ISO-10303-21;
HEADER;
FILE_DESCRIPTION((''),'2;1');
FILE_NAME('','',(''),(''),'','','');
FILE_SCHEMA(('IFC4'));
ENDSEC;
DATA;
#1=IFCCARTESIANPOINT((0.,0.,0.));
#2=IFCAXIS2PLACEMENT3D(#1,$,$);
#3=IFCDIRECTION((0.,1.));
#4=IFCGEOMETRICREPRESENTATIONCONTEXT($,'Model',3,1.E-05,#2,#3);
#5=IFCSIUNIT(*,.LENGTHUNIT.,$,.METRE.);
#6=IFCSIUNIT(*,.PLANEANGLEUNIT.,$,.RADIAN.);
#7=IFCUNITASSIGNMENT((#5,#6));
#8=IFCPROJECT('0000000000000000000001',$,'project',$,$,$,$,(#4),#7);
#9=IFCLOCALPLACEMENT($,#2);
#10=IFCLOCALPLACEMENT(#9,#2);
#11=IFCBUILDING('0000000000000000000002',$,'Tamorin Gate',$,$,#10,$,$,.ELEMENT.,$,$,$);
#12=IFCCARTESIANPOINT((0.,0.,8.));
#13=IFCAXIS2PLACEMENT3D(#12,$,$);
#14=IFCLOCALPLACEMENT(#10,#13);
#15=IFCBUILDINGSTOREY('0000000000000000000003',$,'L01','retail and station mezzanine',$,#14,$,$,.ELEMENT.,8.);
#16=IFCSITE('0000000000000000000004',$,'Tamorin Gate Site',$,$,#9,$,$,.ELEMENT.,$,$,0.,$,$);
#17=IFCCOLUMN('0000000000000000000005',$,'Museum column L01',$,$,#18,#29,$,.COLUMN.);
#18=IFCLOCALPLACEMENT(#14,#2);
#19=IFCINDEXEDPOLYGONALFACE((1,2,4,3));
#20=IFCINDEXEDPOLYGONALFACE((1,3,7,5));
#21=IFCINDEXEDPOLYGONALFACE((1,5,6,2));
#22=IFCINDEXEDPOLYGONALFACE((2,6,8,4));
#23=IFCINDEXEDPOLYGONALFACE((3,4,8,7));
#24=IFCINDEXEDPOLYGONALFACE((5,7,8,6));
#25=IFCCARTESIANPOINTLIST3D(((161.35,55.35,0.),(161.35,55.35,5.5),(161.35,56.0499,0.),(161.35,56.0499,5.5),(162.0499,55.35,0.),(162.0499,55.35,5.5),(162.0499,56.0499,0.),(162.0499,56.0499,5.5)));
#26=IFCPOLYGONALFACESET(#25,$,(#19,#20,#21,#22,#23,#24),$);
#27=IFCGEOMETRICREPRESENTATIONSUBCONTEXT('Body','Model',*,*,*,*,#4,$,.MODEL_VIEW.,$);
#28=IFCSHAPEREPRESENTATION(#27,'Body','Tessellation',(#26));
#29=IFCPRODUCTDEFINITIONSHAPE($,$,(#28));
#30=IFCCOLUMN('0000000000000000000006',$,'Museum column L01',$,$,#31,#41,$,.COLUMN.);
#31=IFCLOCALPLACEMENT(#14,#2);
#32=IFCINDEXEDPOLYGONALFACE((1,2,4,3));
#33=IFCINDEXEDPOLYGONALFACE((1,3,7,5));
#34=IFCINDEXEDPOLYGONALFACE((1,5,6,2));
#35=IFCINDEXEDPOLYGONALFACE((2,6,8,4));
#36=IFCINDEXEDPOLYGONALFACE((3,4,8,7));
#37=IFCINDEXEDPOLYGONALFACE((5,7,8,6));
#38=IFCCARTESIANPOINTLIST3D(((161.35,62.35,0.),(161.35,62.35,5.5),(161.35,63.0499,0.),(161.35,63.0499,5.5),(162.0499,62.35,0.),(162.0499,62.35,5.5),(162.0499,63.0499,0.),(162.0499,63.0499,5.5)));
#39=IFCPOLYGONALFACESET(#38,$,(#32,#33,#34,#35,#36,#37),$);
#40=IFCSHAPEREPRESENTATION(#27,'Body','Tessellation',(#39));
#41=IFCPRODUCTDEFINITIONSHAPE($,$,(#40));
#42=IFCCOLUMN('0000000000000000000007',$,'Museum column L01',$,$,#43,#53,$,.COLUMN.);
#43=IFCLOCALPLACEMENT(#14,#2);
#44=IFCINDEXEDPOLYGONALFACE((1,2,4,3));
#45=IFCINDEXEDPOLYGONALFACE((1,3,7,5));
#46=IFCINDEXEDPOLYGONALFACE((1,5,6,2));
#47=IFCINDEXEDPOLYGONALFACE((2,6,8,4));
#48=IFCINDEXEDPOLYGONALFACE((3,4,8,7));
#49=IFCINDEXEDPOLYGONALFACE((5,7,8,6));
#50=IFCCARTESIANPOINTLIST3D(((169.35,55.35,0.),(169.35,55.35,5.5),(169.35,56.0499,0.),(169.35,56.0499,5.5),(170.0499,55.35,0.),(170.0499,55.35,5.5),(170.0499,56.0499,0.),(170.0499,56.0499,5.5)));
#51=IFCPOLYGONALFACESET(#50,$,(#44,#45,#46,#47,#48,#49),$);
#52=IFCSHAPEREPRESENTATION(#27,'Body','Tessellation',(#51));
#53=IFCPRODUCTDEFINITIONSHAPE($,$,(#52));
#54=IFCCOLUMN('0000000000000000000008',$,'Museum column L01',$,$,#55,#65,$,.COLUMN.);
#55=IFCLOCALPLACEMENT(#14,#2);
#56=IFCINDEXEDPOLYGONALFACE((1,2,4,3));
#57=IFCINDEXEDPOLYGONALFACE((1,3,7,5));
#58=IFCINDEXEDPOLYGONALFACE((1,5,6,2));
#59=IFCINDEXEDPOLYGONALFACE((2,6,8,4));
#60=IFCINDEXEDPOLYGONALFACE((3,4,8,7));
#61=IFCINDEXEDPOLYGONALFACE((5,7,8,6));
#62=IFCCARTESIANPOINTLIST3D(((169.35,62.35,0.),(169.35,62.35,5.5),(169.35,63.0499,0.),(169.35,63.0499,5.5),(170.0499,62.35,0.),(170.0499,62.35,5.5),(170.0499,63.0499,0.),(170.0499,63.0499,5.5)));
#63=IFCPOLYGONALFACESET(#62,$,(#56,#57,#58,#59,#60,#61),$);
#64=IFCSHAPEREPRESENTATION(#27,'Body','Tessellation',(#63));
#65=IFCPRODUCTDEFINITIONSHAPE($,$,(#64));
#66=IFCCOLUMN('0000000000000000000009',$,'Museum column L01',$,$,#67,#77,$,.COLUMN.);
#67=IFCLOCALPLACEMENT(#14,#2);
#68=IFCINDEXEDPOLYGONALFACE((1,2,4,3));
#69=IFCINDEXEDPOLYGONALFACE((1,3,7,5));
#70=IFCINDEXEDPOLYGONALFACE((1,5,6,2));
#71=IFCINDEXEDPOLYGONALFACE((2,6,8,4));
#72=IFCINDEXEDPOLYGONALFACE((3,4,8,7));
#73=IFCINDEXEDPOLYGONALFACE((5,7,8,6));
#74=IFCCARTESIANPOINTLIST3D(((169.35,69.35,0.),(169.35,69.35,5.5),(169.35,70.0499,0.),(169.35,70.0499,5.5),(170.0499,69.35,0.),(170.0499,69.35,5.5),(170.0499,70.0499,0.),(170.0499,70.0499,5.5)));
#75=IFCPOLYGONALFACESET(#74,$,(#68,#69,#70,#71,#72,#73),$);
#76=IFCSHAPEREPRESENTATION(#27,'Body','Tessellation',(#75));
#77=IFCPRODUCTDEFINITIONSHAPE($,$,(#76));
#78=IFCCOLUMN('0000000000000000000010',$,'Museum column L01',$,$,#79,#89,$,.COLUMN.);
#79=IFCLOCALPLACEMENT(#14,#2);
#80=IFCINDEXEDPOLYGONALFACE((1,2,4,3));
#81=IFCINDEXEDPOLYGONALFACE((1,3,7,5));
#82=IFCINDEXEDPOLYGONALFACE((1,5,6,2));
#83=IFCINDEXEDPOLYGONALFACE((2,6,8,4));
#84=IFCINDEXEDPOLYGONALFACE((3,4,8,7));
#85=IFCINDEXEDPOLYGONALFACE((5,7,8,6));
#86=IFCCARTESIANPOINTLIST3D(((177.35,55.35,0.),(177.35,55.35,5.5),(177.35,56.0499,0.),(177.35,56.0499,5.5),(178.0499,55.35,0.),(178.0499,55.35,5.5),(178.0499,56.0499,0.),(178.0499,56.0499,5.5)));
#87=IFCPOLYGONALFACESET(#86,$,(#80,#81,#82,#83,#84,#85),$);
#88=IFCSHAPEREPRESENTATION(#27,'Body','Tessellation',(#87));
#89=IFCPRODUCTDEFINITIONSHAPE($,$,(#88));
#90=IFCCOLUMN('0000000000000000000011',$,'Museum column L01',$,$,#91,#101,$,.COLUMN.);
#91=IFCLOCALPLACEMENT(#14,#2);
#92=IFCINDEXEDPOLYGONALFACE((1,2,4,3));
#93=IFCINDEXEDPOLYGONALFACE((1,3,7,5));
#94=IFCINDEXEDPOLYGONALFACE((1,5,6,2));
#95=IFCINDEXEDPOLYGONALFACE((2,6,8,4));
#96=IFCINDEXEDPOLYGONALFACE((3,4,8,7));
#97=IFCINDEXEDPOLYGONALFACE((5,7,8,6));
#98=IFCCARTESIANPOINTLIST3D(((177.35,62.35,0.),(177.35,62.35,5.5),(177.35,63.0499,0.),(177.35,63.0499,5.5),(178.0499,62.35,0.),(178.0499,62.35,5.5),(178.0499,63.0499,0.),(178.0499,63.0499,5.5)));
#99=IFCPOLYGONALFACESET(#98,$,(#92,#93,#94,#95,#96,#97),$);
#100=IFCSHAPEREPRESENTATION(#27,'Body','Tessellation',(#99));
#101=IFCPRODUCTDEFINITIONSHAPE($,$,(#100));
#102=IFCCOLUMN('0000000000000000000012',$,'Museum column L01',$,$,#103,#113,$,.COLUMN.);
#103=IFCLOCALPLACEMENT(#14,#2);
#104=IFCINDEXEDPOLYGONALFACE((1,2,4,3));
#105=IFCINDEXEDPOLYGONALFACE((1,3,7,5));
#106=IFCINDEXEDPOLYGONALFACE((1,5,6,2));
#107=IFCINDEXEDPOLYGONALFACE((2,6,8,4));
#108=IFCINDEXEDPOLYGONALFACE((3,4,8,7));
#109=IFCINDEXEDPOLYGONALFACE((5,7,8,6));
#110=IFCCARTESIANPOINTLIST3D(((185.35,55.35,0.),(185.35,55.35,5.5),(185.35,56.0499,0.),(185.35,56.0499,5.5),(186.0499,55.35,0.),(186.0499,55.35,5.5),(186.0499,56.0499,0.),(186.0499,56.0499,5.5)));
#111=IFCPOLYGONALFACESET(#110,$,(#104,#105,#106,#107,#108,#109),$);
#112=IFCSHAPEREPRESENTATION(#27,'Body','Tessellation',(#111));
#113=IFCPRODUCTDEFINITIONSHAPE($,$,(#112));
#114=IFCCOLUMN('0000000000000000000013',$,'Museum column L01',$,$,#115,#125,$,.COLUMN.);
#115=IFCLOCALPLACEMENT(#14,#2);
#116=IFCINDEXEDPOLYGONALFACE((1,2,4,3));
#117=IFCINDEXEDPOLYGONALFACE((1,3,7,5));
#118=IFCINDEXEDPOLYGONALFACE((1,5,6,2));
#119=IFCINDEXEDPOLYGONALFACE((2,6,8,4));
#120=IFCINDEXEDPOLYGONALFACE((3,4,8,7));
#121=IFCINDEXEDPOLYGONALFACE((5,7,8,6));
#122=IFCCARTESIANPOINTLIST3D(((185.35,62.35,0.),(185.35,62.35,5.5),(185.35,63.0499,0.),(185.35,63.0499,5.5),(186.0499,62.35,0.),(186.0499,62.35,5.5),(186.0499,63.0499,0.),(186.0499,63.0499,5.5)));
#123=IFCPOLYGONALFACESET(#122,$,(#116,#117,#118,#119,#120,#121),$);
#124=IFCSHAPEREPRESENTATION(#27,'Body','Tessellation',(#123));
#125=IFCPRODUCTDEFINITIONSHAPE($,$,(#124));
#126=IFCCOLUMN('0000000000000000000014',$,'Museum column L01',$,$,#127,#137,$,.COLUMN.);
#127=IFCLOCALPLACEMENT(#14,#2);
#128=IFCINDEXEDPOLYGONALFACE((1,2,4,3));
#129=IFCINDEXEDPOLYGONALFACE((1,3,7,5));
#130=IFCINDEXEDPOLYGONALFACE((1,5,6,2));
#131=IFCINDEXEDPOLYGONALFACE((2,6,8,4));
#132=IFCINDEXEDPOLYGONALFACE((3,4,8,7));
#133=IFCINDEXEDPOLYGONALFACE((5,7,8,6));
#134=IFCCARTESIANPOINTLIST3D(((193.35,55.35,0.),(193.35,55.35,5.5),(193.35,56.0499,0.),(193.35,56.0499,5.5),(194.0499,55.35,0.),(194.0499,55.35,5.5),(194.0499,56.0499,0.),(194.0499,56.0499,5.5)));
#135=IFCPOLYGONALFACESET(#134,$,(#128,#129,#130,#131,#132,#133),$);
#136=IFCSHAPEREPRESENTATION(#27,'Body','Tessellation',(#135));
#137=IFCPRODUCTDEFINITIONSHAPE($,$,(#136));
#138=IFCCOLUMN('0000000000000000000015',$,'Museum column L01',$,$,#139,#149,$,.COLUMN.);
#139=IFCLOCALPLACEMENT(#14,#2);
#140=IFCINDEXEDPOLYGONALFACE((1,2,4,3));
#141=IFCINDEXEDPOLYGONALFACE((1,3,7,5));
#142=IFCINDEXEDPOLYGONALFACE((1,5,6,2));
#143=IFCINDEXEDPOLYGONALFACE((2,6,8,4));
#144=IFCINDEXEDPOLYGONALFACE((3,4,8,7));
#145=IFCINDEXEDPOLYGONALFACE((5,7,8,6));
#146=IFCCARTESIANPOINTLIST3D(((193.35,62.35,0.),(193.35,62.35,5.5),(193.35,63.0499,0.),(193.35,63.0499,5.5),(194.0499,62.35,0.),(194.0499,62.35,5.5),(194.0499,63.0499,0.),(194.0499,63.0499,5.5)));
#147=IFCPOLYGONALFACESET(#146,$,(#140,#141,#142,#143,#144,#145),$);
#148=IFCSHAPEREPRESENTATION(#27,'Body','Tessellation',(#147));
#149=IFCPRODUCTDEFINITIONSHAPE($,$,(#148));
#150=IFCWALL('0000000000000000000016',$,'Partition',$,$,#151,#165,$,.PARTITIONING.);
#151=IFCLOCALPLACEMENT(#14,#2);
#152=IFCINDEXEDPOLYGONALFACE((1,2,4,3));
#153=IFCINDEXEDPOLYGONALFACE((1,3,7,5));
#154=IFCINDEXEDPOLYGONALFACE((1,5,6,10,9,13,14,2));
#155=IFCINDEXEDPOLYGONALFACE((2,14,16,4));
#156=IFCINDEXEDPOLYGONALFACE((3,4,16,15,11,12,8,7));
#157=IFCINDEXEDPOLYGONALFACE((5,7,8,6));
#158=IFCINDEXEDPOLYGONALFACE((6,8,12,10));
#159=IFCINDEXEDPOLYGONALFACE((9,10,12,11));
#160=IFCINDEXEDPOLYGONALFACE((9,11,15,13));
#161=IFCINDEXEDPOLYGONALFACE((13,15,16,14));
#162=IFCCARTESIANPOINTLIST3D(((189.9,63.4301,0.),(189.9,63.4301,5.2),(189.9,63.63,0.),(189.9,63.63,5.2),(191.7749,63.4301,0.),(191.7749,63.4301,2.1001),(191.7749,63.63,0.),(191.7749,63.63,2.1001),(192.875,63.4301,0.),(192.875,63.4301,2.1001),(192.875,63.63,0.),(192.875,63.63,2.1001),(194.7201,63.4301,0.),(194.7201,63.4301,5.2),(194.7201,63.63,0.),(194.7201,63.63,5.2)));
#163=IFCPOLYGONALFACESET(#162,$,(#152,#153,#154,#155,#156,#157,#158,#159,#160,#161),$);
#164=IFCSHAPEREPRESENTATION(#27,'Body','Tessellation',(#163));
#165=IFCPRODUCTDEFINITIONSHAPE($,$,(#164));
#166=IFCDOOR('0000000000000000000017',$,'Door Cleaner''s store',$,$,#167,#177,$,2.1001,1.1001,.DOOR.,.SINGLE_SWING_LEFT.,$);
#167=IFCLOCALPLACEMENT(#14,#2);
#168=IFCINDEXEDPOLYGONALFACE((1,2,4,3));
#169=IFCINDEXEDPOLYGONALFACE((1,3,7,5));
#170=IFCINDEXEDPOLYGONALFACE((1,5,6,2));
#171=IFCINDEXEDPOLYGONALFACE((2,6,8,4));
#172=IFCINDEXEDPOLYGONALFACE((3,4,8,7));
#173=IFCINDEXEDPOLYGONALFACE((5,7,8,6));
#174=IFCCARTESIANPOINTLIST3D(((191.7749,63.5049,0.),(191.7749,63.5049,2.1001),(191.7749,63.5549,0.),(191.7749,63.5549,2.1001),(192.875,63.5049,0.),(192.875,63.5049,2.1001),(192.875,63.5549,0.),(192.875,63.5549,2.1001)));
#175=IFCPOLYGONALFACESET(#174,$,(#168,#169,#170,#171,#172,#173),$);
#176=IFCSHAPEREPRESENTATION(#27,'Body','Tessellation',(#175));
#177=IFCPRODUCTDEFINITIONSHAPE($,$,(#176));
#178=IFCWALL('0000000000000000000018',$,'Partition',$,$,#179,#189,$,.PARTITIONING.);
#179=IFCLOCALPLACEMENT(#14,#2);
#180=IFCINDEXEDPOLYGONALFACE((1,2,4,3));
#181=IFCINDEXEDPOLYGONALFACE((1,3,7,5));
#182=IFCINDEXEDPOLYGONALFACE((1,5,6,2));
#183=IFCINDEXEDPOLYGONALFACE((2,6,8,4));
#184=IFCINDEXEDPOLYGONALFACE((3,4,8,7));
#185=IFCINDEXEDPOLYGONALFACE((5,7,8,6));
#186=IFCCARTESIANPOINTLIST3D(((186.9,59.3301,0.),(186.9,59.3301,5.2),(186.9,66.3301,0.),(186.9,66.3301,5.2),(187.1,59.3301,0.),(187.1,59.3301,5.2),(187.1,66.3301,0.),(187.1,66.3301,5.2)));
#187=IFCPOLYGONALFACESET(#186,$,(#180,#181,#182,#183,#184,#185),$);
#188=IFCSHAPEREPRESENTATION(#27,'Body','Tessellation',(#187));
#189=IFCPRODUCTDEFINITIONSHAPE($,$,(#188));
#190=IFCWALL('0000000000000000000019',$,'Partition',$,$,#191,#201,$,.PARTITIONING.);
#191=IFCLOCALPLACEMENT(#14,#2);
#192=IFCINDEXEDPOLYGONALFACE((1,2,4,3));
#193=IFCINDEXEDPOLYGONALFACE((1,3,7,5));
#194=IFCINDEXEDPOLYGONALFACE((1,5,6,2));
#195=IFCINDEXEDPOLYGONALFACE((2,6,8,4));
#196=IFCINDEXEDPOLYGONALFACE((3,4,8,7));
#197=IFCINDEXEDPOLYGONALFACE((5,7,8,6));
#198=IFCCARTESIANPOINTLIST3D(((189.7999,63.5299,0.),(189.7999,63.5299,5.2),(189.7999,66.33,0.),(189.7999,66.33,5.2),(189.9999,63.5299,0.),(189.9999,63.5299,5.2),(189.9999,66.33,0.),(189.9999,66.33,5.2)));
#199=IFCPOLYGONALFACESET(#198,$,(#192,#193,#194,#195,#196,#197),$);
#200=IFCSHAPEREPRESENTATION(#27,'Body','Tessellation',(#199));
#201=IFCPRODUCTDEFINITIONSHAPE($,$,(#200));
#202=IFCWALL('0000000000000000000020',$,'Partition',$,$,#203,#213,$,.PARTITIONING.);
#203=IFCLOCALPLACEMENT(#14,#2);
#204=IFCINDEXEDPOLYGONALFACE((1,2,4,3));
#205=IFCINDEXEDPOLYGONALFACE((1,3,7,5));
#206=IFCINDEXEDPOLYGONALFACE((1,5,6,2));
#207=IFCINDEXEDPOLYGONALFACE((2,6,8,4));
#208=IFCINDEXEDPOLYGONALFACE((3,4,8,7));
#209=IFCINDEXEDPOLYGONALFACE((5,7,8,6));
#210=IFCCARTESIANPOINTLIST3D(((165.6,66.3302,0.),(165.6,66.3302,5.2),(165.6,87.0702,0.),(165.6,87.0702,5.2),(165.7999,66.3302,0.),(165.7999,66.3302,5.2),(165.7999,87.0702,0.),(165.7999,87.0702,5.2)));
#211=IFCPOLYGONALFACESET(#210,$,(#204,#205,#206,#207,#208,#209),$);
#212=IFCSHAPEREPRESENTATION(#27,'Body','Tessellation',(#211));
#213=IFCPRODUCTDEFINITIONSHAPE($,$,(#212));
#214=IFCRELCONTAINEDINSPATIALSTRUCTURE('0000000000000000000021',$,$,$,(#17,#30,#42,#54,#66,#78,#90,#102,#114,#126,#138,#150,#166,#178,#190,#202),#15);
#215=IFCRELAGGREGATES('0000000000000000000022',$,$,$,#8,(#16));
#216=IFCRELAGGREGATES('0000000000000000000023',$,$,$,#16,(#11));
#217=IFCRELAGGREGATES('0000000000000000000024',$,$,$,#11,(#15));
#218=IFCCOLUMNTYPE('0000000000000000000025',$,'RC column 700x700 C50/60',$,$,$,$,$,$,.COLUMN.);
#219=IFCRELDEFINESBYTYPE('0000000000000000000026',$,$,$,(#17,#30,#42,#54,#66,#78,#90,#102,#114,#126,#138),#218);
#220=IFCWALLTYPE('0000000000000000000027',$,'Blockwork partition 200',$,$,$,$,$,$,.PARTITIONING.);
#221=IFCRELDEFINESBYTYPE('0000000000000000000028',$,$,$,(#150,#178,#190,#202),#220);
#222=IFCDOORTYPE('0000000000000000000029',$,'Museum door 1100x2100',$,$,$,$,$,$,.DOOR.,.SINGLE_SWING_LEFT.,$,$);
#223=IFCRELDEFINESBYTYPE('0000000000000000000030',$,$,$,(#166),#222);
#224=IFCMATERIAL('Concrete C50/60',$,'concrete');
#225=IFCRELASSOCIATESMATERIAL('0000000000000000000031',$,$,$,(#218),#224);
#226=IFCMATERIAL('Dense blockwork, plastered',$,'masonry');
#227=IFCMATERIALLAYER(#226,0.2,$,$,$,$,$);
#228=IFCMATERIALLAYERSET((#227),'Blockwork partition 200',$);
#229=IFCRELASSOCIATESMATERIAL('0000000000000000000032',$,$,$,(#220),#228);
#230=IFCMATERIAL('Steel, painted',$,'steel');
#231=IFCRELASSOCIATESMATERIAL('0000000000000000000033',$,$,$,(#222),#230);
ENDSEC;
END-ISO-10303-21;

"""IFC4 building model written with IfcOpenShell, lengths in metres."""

from ifc_helpers import new_model, si_unit, direction, frame, frame_2d, origin, origin_2d, place, context, subcontext, project, spatial, rectangle, extrude, material, layer, layer_set, material_profile, profile_set, type_object, element, fill, save


model = new_model("IFC4")

# Units and contexts
model_context = context("Model", 3, precision=1e-05, world=origin(), true_north=direction((0.0, 1.0)))
body_context = subcontext(model_context, "Body", "Model", "MODEL_VIEW")
ifc_project = project(units=[si_unit("LENGTHUNIT", "METRE"), si_unit("PLANEANGLEUNIT", "RADIAN")], contexts=[model_context])

# Site, building, storey
site_placement = place(None, origin())
site = spatial("IfcSite", under=ifc_project, at=site_placement, Name="Tamorin Gate Site", CompositionType="ELEMENT", RefElevation=0.0)
building_placement = place(site_placement, origin())
building = spatial("IfcBuilding", under=site, at=building_placement, Name="Tamorin Gate", CompositionType="ELEMENT")
storey_placement = place(building_placement, frame((0.0, 0.0, 8.0)))
storey = spatial("IfcBuildingStorey", under=building, at=storey_placement, Name="L01", Description="retail and station mezzanine", CompositionType="ELEMENT", Elevation=8.0)

# Columns
ifc_material_1 = material(Name="Concrete C50/60", Category="concrete")
ifc_material_profile = material_profile(ifc_material_1, rectangle(XDim=0.7, YDim=0.7, at=origin_2d()), Name="RC 700x700")
ifc_profile_set = profile_set([ifc_material_profile], Name="Concrete C50/60")
column_type = type_object("IfcColumnType", Name="RC column 700x700 C50/60", PredefinedType="COLUMN", material=ifc_profile_set)
for number, where, z_axis, x_axis, name in (
    (1, (161.7, 55.7, 0.0), (0.0, 0.0, 1.0), (1.0, 0.0, 0.0), "Museum column L01"),
    (2, (161.7, 62.7, 0.0), (0.0, 0.0, 1.0), (1.0, 0.0, 0.0), "Museum column L01"),
    (3, (169.7, 55.7, 0.0), (0.0, 0.0, 1.0), (1.0, 0.0, 0.0), "Museum column L01"),
    (4, (169.7, 62.7, 0.0), (0.0, 0.0, 1.0), (1.0, 0.0, 0.0), "Museum column L01"),
    (5, (169.7, 69.7, 0.0), (0.0, 0.0, 1.0), (1.0, 0.0, 0.0), "Museum column L01"),
    (6, (177.7, 55.7, 0.0), (0.0, 0.0, 1.0), (1.0, 0.0, 0.0), "Museum column L01"),
    (7, (177.7, 62.7, 0.0), (0.0, 0.0, 1.0), (1.0, 0.0, 0.0), "Museum column L01"),
    (8, (185.7, 55.7, 0.0), (0.0, 0.0, 1.0), (1.0, 0.0, 0.0), "Museum column L01"),
    (9, (185.7, 62.7, 0.0), (0.0, 0.0, 1.0), (1.0, 0.0, 0.0), "Museum column L01"),
    (10, (193.7, 55.7, 0.0), (0.0, 0.0, 1.0), (1.0, 0.0, 0.0), "Museum column L01"),
    (11, (193.7, 62.7, 0.0), (0.0, 0.0, 1.0), (1.0, 0.0, 0.0), "Museum column L01"),
):
    element("IfcColumn", number, at=place(storey_placement, frame(where, z_axis=z_axis, x_axis=x_axis)), inside=storey, type_object=column_type, Name=name, PredefinedType="COLUMN", context=body_context, shape_type="SweptSolid", body=[
        extrude(rectangle(XDim=0.7, YDim=0.7, at=origin_2d()), origin(), (0.0, 0.0, 1.0), 5.5),
    ])

# Wall, opening, door
ifc_material_2 = material(Name="Dense blockwork, plastered", Category="masonry")
ifc_layer_1 = layer(ifc_material_2, 0.2)
ifc_layer_set_1 = layer_set([ifc_layer_1], Name="Blockwork partition 200")
wall_type_1 = type_object("IfcWallType", Name="Blockwork partition 200", PredefinedType="PARTITIONING", material=ifc_layer_set_1)
wall_1_placement = place(storey_placement, frame((189.8999, 63.53, 0.0), z_axis=(0.0, 0.0, 1.0), x_axis=(1.0, 0.0, 0.0)))
wall_1 = element("IfcWall", 12, at=wall_1_placement, inside=storey, type_object=wall_type_1, Name="Partition", PredefinedType="PARTITIONING", context=body_context, shape_type="SweptSolid", body=[
    extrude(rectangle(XDim=4.8201, YDim=0.2, at=frame_2d((2.4102, 0.0))), origin(), (0.0, 0.0, 1.0), 5.2),
])
opening_1_placement = place(wall_1_placement, frame((1.875, 0.0, 0.0)))
opening_1 = element("IfcOpeningElement", 13, at=opening_1_placement, cuts=wall_1, PredefinedType="OPENING", context=body_context, shape_type="SweptSolid", body=[
    extrude(rectangle(XDim=1.1001, YDim=2.1001, at=frame_2d((0.55, 1.05))), frame((0.0, 0.1099, 0.0), z_axis=(0.0, -1.0, 0.0), x_axis=(1.0, 0.0, 0.0)), (0.0, 0.0, 1.0), 0.22),
])
ifc_material_3 = material(Name="Steel, painted", Category="steel")
door_type_1 = type_object("IfcDoorType", Name="Museum door 1100x2100", OperationType="SINGLE_SWING_LEFT", PredefinedType="DOOR", material=ifc_material_3)
door_1_placement = place(opening_1_placement, origin())
door_1 = element("IfcDoor", 14, at=door_1_placement, inside=storey, type_object=door_type_1, Name="Door Cleaner's store", OperationType="SINGLE_SWING_LEFT", OverallHeight=2.1001, OverallWidth=1.1001, PredefinedType="DOOR", context=body_context, shape_type="SweptSolid", body=[
    extrude(rectangle(XDim=1.1001, YDim=2.1001, at=frame_2d((0.55, 1.05))), frame((0.0, 0.0249, 0.0), z_axis=(0.0, -1.0, 0.0), x_axis=(1.0, 0.0, 0.0)), (0.0, 0.0, 1.0), 0.05),
])
fill(opening_1, door_1)

# Walls
wall_2_placement = place(storey_placement, frame((187.0, 59.3301, 0.0), z_axis=(0.0, 0.0, 1.0), x_axis=(0.0, 1.0, 0.0)))
element("IfcWall", 15, at=wall_2_placement, inside=storey, type_object=wall_type_1, Name="Partition", PredefinedType="PARTITIONING", context=body_context, shape_type="SweptSolid", body=[
    extrude(rectangle(XDim=7.0, YDim=0.2, at=frame_2d((3.5, 0.0))), origin(), (0.0, 0.0, 1.0), 5.2),
])
wall_3_placement = place(storey_placement, frame((189.8999, 63.53, 0.0), z_axis=(0.0, 0.0, 1.0), x_axis=(0.0, 1.0, 0.0)))
element("IfcWall", 16, at=wall_3_placement, inside=storey, type_object=wall_type_1, Name="Partition", PredefinedType="PARTITIONING", context=body_context, shape_type="SweptSolid", body=[
    extrude(rectangle(XDim=2.8, YDim=0.2, at=frame_2d((1.3999, 0.0))), origin(), (0.0, 0.0, 1.0), 5.2),
])
wall_4_placement = place(storey_placement, frame((165.7, 66.3301, 0.0), z_axis=(0.0, 0.0, 1.0), x_axis=(0.0, 1.0, 0.0)))
element("IfcWall", 17, at=wall_4_placement, inside=storey, type_object=wall_type_1, Name="Partition", PredefinedType="PARTITIONING", context=body_context, shape_type="SweptSolid", body=[
    extrude(rectangle(XDim=20.74, YDim=0.2, at=frame_2d((10.3701, 0.0))), origin(), (0.0, 0.0, 1.0), 5.2),
])

save(model, "model.ifc")
